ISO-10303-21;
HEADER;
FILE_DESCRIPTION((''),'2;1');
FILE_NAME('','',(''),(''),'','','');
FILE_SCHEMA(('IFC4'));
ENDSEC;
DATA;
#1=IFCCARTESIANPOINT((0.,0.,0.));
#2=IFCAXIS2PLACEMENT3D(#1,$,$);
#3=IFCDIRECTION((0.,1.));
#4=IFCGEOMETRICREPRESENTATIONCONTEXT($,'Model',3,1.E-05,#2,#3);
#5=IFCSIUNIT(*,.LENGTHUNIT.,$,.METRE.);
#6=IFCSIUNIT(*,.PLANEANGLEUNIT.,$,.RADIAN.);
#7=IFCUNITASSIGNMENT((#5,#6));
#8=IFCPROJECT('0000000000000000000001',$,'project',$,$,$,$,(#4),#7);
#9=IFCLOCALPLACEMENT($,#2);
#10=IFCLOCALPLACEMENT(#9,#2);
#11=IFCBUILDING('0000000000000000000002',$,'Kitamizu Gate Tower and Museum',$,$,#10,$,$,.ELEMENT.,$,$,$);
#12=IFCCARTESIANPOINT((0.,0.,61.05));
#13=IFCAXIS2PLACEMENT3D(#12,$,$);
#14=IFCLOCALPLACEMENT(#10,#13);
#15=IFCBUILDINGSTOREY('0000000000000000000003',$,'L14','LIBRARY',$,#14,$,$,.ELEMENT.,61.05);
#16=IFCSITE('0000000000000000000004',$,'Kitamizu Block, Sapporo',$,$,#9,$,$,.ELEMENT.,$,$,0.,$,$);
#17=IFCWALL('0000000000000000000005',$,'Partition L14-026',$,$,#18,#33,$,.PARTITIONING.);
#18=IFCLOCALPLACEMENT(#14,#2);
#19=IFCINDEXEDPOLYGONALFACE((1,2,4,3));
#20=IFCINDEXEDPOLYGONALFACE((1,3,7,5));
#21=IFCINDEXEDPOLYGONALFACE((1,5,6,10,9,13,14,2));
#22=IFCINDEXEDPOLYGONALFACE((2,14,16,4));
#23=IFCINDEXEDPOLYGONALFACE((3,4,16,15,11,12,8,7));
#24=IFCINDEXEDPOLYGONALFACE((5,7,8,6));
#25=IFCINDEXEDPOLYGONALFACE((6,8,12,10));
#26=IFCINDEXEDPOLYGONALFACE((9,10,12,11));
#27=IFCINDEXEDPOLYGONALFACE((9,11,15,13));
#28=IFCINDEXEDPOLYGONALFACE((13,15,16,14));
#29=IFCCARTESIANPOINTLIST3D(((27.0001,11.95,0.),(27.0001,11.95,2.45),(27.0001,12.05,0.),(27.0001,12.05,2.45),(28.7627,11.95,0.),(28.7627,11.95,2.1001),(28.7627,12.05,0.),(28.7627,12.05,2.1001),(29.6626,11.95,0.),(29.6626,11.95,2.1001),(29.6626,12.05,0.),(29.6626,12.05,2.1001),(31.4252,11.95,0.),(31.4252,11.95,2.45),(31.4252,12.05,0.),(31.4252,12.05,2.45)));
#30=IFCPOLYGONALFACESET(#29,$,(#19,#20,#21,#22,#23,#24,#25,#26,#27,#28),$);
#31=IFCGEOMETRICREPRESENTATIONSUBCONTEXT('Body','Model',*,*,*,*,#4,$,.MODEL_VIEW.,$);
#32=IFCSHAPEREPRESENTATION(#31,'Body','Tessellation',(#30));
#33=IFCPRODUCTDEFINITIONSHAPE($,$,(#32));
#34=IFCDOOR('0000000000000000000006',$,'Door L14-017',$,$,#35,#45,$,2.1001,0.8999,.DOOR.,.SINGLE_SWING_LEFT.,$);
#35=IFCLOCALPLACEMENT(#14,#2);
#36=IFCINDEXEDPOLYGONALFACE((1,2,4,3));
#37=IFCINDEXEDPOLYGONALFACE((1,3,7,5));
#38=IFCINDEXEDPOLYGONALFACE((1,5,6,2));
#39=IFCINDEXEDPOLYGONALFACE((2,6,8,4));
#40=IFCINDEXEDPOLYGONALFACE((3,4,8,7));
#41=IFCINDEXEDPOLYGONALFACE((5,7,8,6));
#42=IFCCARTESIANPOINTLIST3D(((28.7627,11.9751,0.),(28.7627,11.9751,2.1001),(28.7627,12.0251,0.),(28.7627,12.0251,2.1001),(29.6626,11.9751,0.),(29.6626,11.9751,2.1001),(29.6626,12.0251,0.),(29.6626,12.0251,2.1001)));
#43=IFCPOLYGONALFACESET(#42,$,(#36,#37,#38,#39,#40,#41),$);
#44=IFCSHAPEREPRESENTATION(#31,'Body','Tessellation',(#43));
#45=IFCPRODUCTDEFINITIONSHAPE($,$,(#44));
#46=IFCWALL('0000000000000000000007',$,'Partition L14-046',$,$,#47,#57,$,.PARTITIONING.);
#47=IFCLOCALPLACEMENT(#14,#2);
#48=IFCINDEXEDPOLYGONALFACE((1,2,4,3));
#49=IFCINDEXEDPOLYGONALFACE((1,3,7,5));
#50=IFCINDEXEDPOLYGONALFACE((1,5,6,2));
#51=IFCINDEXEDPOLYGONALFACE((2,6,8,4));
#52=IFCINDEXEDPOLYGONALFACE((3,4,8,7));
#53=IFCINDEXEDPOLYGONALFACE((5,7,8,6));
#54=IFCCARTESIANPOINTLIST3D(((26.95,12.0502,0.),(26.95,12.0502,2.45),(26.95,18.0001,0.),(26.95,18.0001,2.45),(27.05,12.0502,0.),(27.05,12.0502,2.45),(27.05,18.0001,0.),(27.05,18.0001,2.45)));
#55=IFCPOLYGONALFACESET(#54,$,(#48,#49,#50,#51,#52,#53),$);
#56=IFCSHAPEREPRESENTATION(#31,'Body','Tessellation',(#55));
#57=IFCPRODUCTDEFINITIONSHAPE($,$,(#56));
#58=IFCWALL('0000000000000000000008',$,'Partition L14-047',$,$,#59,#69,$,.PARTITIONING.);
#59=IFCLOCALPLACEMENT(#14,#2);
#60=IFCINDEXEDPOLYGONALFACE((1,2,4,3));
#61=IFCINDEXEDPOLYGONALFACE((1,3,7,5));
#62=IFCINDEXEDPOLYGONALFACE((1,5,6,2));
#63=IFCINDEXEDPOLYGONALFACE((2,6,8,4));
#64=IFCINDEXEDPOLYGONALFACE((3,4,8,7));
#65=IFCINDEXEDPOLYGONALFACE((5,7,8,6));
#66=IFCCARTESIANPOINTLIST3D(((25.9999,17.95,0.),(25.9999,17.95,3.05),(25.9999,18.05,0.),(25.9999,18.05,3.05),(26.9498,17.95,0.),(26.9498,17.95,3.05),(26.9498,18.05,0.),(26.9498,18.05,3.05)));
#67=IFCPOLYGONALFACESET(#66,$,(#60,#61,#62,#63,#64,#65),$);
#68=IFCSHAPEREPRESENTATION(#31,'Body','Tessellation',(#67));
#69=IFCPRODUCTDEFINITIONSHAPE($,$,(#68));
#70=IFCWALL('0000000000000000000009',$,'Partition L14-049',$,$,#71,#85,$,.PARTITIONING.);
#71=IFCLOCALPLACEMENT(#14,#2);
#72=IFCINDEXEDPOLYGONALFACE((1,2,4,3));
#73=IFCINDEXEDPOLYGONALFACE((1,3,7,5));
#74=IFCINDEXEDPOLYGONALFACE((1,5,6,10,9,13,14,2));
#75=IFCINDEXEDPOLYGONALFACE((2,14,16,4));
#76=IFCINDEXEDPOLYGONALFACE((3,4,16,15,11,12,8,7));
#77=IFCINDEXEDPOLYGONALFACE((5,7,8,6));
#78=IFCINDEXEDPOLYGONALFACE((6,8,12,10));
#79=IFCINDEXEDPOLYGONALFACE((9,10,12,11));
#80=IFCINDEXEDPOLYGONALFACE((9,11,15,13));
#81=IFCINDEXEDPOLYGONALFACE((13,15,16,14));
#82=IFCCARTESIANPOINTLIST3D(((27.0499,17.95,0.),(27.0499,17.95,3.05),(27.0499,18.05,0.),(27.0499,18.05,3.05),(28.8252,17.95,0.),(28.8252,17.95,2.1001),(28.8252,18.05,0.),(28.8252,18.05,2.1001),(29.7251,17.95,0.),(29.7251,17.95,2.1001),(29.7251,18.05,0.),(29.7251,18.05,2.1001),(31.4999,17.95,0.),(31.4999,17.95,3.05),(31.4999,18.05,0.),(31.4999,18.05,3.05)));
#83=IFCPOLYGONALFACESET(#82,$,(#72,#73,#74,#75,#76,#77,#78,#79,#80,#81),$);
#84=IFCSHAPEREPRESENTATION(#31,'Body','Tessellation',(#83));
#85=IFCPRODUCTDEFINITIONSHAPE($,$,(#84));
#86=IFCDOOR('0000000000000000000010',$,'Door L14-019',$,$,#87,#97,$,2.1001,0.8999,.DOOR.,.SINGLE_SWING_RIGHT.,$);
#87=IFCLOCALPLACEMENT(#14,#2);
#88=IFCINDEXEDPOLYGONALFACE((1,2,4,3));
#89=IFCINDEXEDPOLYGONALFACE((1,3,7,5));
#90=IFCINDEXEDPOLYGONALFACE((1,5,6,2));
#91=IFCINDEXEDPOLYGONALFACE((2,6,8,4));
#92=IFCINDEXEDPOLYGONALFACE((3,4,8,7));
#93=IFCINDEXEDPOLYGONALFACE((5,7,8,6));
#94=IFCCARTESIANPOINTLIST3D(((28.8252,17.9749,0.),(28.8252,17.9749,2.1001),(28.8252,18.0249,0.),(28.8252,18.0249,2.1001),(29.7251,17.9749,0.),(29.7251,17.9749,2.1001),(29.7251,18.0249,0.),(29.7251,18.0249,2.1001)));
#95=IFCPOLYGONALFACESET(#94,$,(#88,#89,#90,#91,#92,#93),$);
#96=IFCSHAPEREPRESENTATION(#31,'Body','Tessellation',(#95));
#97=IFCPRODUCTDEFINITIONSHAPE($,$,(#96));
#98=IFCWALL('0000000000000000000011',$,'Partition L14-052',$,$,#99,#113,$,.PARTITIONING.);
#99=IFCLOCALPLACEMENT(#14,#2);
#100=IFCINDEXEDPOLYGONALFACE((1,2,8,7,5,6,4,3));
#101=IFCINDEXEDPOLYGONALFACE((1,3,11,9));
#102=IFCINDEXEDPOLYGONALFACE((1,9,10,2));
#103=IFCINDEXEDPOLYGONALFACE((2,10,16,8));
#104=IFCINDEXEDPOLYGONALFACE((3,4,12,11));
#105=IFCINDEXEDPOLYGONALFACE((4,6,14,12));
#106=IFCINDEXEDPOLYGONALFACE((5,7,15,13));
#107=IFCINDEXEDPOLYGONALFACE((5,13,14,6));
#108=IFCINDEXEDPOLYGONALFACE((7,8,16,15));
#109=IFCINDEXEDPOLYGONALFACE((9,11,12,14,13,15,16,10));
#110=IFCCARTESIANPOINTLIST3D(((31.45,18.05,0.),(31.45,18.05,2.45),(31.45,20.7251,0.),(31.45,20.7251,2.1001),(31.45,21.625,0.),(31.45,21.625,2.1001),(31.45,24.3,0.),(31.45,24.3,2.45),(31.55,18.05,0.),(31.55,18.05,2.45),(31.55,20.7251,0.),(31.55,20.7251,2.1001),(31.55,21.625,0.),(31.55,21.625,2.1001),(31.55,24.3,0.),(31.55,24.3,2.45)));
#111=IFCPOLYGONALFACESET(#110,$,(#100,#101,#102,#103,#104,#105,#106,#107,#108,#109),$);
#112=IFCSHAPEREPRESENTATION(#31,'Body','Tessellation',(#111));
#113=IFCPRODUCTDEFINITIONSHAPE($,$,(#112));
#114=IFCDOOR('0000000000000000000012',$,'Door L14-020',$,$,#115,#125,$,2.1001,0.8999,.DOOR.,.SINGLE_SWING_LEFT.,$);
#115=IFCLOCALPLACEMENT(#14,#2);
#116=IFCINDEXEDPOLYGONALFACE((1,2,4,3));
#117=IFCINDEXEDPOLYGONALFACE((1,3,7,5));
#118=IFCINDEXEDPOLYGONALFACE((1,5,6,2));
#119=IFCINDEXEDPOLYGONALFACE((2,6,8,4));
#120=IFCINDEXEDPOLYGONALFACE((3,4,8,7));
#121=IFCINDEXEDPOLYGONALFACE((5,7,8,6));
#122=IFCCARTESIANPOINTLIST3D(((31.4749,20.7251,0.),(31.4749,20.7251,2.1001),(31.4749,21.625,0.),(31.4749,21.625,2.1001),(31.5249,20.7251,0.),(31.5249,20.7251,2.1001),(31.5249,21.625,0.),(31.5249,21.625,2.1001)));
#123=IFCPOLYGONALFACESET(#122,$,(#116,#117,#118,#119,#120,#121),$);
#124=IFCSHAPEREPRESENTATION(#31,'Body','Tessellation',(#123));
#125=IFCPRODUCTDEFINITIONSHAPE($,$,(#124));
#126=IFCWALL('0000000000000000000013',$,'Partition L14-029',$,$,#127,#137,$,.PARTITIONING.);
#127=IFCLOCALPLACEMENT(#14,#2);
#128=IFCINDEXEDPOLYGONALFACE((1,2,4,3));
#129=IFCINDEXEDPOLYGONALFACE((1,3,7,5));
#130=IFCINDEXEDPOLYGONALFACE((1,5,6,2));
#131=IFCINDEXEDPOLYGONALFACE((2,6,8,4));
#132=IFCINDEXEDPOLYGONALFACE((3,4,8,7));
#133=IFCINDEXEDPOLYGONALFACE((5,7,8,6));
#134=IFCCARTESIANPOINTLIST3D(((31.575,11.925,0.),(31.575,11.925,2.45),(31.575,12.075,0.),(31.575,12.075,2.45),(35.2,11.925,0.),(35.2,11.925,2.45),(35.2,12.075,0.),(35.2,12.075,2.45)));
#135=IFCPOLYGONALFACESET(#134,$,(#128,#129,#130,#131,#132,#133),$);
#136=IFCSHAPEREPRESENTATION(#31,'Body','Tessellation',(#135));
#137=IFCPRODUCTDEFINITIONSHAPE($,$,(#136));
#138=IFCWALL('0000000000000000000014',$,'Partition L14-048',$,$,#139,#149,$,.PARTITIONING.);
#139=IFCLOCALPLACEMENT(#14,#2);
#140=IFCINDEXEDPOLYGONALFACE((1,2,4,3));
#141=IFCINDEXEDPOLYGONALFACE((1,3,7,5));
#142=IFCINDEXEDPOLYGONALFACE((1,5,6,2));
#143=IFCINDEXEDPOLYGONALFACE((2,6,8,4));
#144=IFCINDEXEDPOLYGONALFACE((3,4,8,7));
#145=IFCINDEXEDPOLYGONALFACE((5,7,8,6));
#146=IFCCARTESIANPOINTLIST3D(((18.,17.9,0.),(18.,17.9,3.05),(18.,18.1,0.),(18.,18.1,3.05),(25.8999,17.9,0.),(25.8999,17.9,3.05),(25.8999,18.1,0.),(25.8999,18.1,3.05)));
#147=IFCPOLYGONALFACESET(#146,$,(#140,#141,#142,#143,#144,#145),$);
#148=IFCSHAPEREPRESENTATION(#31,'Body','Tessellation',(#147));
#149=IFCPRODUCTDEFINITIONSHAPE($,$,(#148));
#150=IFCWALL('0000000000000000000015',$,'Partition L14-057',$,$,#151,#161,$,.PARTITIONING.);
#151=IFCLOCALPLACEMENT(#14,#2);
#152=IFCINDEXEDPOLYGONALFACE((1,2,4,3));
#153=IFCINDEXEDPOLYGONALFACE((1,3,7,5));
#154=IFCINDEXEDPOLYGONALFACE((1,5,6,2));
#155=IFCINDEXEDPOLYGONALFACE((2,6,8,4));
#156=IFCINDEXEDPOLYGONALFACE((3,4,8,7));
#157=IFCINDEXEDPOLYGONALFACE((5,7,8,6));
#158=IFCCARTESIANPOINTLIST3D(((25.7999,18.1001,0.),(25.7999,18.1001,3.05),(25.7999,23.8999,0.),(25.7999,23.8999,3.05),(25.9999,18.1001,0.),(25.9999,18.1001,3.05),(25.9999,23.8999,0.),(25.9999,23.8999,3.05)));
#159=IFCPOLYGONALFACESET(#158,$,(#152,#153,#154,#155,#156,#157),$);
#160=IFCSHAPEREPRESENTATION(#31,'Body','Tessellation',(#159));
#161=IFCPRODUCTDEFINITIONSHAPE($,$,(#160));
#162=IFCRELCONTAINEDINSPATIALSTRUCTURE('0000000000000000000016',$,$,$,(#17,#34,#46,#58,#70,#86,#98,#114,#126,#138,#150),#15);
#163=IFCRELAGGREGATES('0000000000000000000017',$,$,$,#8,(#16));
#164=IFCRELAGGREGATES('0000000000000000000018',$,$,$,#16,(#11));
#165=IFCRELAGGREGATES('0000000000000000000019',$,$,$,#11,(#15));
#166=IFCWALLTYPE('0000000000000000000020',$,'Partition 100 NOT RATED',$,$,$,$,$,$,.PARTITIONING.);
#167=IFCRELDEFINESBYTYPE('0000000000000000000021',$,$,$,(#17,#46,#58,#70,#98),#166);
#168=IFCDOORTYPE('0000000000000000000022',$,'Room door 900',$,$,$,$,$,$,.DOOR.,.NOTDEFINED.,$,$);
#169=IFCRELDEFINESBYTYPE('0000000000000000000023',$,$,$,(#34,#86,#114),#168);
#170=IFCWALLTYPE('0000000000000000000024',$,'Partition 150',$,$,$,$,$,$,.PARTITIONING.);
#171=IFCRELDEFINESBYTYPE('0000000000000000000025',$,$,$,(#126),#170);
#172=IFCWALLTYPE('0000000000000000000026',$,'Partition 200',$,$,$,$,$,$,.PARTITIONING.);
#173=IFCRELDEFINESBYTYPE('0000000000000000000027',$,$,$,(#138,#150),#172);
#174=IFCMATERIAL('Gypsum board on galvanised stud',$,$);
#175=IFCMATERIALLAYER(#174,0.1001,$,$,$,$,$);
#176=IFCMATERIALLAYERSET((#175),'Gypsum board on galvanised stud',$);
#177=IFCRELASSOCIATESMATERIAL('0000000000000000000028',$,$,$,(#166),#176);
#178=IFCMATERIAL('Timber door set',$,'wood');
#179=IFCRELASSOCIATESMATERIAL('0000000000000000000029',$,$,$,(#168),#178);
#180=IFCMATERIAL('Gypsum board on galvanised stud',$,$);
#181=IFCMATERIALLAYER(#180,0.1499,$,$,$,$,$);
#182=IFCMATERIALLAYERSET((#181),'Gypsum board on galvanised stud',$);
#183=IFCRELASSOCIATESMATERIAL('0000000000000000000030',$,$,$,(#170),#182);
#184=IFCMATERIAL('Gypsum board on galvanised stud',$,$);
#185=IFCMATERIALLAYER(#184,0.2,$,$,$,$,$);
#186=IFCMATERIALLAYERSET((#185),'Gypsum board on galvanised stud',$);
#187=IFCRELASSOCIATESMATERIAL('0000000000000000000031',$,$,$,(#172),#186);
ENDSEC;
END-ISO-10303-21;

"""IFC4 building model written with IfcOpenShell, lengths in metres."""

from ifc_helpers import new_model, si_unit, direction, frame, frame_2d, origin, place, context, subcontext, project, spatial, rectangle, extrude, material, layer, layer_set, type_object, element, fill, save


model = new_model("IFC4")

# Units and contexts
model_context = context("Model", 3, precision=1e-05, world=origin(), true_north=direction((0.0, 1.0)))
body_context = subcontext(model_context, "Body", "Model", "MODEL_VIEW")
ifc_project = project(units=[si_unit("LENGTHUNIT", "METRE"), si_unit("PLANEANGLEUNIT", "RADIAN")], contexts=[model_context])

# Site, building, storey
site_placement = place(None, origin())
site = spatial("IfcSite", under=ifc_project, at=site_placement, Name="Kitamizu Block, Sapporo", CompositionType="ELEMENT", RefElevation=0.0)
building_placement = place(site_placement, origin())
building = spatial("IfcBuilding", under=site, at=building_placement, Name="Kitamizu Gate Tower and Museum", CompositionType="ELEMENT")
storey_placement = place(building_placement, frame((0.0, 0.0, 61.05)))
storey = spatial("IfcBuildingStorey", under=building, at=storey_placement, Name="L14", Description="LIBRARY", CompositionType="ELEMENT", Elevation=61.05)

# Shared definitions
ifc_material_1 = material(Name="Gypsum board on galvanised stud")
ifc_layer_1 = layer(ifc_material_1, 0.1001)
ifc_layer_set_1 = layer_set([ifc_layer_1], Name="Gypsum board on galvanised stud")
wall_type_1 = type_object("IfcWallType", Name="Partition 100 NOT RATED", PredefinedType="PARTITIONING", material=ifc_layer_set_1)

# Wall, opening, door
wall_1_placement = place(storey_placement, frame((31.425, 12.0, 0.0), z_axis=(0.0, 0.0, 1.0), x_axis=(-1.0, 0.0, 0.0)))
wall_1 = element("IfcWall", 1, at=wall_1_placement, inside=storey, type_object=wall_type_1, Name="Partition L14-026", PredefinedType="PARTITIONING", context=body_context, shape_type="SweptSolid", body=[
    extrude(rectangle(XDim=4.425, YDim=0.1001, at=frame_2d((2.2124, 0.0))), origin(), (0.0, 0.0, 1.0), 2.45),
])
opening_1_placement = place(wall_1_placement, frame((1.7625, 0.0, 0.0)))
opening_1 = element("IfcOpeningElement", 2, at=opening_1_placement, cuts=wall_1, PredefinedType="OPENING", context=body_context, shape_type="SweptSolid", body=[
    extrude(rectangle(XDim=0.8999, YDim=2.1001, at=frame_2d((0.45, 1.05))), frame((0.0, 0.0601, 0.0), z_axis=(0.0, -1.0, 0.0), x_axis=(1.0, 0.0, 0.0)), (0.0, 0.0, 1.0), 0.1201),
])
ifc_material_2 = material(Name="Timber door set", Category="wood")
door_type = type_object("IfcDoorType", Name="Room door 900", OperationType="NOTDEFINED", PredefinedType="DOOR", material=ifc_material_2)
door_1_placement = place(opening_1_placement, origin())
door_1 = element("IfcDoor", 3, at=door_1_placement, inside=storey, type_object=door_type, Name="Door L14-017", OperationType="SINGLE_SWING_LEFT", OverallHeight=2.1001, OverallWidth=0.8999, PredefinedType="DOOR", context=body_context, shape_type="SweptSolid", body=[
    extrude(rectangle(XDim=0.8999, YDim=2.1001, at=frame_2d((0.45, 1.05))), frame((0.0, 0.0249, 0.0), z_axis=(0.0, -1.0, 0.0), x_axis=(1.0, 0.0, 0.0)), (0.0, 0.0, 1.0), 0.05),
])
fill(opening_1, door_1)

# Walls
wall_2_placement = place(storey_placement, frame((27.0, 12.05, 0.0), z_axis=(0.0, 0.0, 1.0), x_axis=(0.0, 1.0, 0.0)))
element("IfcWall", 4, at=wall_2_placement, inside=storey, type_object=wall_type_1, Name="Partition L14-046", PredefinedType="PARTITIONING", context=body_context, shape_type="SweptSolid", body=[
    extrude(rectangle(XDim=5.95, YDim=0.1001, at=frame_2d((2.9751, 0.0))), origin(), (0.0, 0.0, 1.0), 2.45),
])
wall_3_placement = place(storey_placement, frame((26.95, 18.0, 0.0), z_axis=(0.0, 0.0, 1.0), x_axis=(-1.0, 0.0, 0.0)))
element("IfcWall", 5, at=wall_3_placement, inside=storey, type_object=wall_type_1, Name="Partition L14-047", PredefinedType="PARTITIONING", context=body_context, shape_type="SweptSolid", body=[
    extrude(rectangle(XDim=0.95, YDim=0.1001, at=frame_2d((0.4751, 0.0))), origin(), (0.0, 0.0, 1.0), 3.05),
])

# Walls, openings, doors
wall_4_placement = place(storey_placement, frame((31.5, 18.0, 0.0), z_axis=(0.0, 0.0, 1.0), x_axis=(-1.0, 0.0, 0.0)))
wall_4 = element("IfcWall", 6, at=wall_4_placement, inside=storey, type_object=wall_type_1, Name="Partition L14-049", PredefinedType="PARTITIONING", context=body_context, shape_type="SweptSolid", body=[
    extrude(rectangle(XDim=4.45, YDim=0.1001, at=frame_2d((2.2251, 0.0))), origin(), (0.0, 0.0, 1.0), 3.05),
])
opening_2_placement = place(wall_4_placement, frame((1.7749, 0.0, 0.0)))
opening_2 = element("IfcOpeningElement", 7, at=opening_2_placement, cuts=wall_4, PredefinedType="OPENING", context=body_context, shape_type="SweptSolid", body=[
    extrude(rectangle(XDim=0.8999, YDim=2.1001, at=frame_2d((0.45, 1.05))), frame((0.0, 0.0601, 0.0), z_axis=(0.0, -1.0, 0.0), x_axis=(1.0, 0.0, 0.0)), (0.0, 0.0, 1.0), 0.1201),
])
door_2_placement = place(opening_2_placement, frame((0.8999, 0.0, 0.0), x_axis=(-1.0, 0.0, 0.0)))
door_2 = element("IfcDoor", 8, at=door_2_placement, inside=storey, type_object=door_type, Name="Door L14-019", OperationType="SINGLE_SWING_RIGHT", OverallHeight=2.1001, OverallWidth=0.8999, PredefinedType="DOOR", context=body_context, shape_type="SweptSolid", body=[
    extrude(rectangle(XDim=0.8999, YDim=2.1001, at=frame_2d((0.45, 1.05))), frame((0.0, 0.0249, 0.0), z_axis=(0.0, -1.0, 0.0), x_axis=(1.0, 0.0, 0.0)), (0.0, 0.0, 1.0), 0.05),
])
fill(opening_2, door_2)
wall_5_placement = place(storey_placement, frame((31.5, 18.05, 0.0), z_axis=(0.0, 0.0, 1.0), x_axis=(0.0, 1.0, 0.0)))
wall_5 = element("IfcWall", 9, at=wall_5_placement, inside=storey, type_object=wall_type_1, Name="Partition L14-052", PredefinedType="PARTITIONING", context=body_context, shape_type="SweptSolid", body=[
    extrude(rectangle(XDim=6.25, YDim=0.1001, at=frame_2d((3.125, 0.0))), origin(), (0.0, 0.0, 1.0), 2.45),
])
opening_3_placement = place(wall_5_placement, frame((2.675, 0.0, 0.0)))
opening_3 = element("IfcOpeningElement", 10, at=opening_3_placement, cuts=wall_5, PredefinedType="OPENING", context=body_context, shape_type="SweptSolid", body=[
    extrude(rectangle(XDim=0.8999, YDim=2.1001, at=frame_2d((0.45, 1.05))), frame((0.0, 0.0601, 0.0), z_axis=(0.0, -1.0, 0.0), x_axis=(1.0, 0.0, 0.0)), (0.0, 0.0, 1.0), 0.1201),
])
door_3_placement = place(opening_3_placement, frame((0.8999, 0.0, 0.0), x_axis=(-1.0, 0.0, 0.0)))
door_3 = element("IfcDoor", 11, at=door_3_placement, inside=storey, type_object=door_type, Name="Door L14-020", OperationType="SINGLE_SWING_LEFT", OverallHeight=2.1001, OverallWidth=0.8999, PredefinedType="DOOR", context=body_context, shape_type="SweptSolid", body=[
    extrude(rectangle(XDim=0.8999, YDim=2.1001, at=frame_2d((0.45, 1.05))), frame((0.0, 0.0249, 0.0), z_axis=(0.0, -1.0, 0.0), x_axis=(1.0, 0.0, 0.0)), (0.0, 0.0, 1.0), 0.05),
])
fill(opening_3, door_3)

# Walls
ifc_material_3 = material(Name="Gypsum board on galvanised stud")
ifc_layer_2 = layer(ifc_material_3, 0.1499)
ifc_layer_set_2 = layer_set([ifc_layer_2], Name="Gypsum board on galvanised stud")
wall_type_2 = type_object("IfcWallType", Name="Partition 150", PredefinedType="PARTITIONING", material=ifc_layer_set_2)
wall_6_placement = place(storey_placement, frame((35.2, 12.0, 0.0), z_axis=(0.0, 0.0, 1.0), x_axis=(-1.0, 0.0, 0.0)))
element("IfcWall", 12, at=wall_6_placement, inside=storey, type_object=wall_type_2, Name="Partition L14-029", PredefinedType="PARTITIONING", context=body_context, shape_type="SweptSolid", body=[
    extrude(rectangle(XDim=3.625, YDim=0.1499, at=frame_2d((1.8125, 0.0))), origin(), (0.0, 0.0, 1.0), 2.45),
])
ifc_material_4 = material(Name="Gypsum board on galvanised stud")
ifc_layer_3 = layer(ifc_material_4, 0.2)
ifc_layer_set_3 = layer_set([ifc_layer_3], Name="Gypsum board on galvanised stud")
wall_type_3 = type_object("IfcWallType", Name="Partition 200", PredefinedType="PARTITIONING", material=ifc_layer_set_3)
wall_7_placement = place(storey_placement, frame((25.8999, 18.0, 0.0), z_axis=(0.0, 0.0, 1.0), x_axis=(-1.0, 0.0, 0.0)))
element("IfcWall", 13, at=wall_7_placement, inside=storey, type_object=wall_type_3, Name="Partition L14-048", PredefinedType="PARTITIONING", context=body_context, shape_type="SweptSolid", body=[
    extrude(rectangle(XDim=7.8999, YDim=0.2, at=frame_2d((3.95, 0.0))), origin(), (0.0, 0.0, 1.0), 3.05),
])
wall_8_placement = place(storey_placement, frame((25.8999, 23.8999, 0.0), z_axis=(0.0, 0.0, 1.0), x_axis=(0.0, -1.0, 0.0)))
element("IfcWall", 14, at=wall_8_placement, inside=storey, type_object=wall_type_3, Name="Partition L14-057", PredefinedType="PARTITIONING", context=body_context, shape_type="SweptSolid", body=[
    extrude(rectangle(XDim=5.7998, YDim=0.2, at=frame_2d((2.8999, 0.0))), origin(), (0.0, 0.0, 1.0), 3.05),
])

save(model, "model.ifc")
